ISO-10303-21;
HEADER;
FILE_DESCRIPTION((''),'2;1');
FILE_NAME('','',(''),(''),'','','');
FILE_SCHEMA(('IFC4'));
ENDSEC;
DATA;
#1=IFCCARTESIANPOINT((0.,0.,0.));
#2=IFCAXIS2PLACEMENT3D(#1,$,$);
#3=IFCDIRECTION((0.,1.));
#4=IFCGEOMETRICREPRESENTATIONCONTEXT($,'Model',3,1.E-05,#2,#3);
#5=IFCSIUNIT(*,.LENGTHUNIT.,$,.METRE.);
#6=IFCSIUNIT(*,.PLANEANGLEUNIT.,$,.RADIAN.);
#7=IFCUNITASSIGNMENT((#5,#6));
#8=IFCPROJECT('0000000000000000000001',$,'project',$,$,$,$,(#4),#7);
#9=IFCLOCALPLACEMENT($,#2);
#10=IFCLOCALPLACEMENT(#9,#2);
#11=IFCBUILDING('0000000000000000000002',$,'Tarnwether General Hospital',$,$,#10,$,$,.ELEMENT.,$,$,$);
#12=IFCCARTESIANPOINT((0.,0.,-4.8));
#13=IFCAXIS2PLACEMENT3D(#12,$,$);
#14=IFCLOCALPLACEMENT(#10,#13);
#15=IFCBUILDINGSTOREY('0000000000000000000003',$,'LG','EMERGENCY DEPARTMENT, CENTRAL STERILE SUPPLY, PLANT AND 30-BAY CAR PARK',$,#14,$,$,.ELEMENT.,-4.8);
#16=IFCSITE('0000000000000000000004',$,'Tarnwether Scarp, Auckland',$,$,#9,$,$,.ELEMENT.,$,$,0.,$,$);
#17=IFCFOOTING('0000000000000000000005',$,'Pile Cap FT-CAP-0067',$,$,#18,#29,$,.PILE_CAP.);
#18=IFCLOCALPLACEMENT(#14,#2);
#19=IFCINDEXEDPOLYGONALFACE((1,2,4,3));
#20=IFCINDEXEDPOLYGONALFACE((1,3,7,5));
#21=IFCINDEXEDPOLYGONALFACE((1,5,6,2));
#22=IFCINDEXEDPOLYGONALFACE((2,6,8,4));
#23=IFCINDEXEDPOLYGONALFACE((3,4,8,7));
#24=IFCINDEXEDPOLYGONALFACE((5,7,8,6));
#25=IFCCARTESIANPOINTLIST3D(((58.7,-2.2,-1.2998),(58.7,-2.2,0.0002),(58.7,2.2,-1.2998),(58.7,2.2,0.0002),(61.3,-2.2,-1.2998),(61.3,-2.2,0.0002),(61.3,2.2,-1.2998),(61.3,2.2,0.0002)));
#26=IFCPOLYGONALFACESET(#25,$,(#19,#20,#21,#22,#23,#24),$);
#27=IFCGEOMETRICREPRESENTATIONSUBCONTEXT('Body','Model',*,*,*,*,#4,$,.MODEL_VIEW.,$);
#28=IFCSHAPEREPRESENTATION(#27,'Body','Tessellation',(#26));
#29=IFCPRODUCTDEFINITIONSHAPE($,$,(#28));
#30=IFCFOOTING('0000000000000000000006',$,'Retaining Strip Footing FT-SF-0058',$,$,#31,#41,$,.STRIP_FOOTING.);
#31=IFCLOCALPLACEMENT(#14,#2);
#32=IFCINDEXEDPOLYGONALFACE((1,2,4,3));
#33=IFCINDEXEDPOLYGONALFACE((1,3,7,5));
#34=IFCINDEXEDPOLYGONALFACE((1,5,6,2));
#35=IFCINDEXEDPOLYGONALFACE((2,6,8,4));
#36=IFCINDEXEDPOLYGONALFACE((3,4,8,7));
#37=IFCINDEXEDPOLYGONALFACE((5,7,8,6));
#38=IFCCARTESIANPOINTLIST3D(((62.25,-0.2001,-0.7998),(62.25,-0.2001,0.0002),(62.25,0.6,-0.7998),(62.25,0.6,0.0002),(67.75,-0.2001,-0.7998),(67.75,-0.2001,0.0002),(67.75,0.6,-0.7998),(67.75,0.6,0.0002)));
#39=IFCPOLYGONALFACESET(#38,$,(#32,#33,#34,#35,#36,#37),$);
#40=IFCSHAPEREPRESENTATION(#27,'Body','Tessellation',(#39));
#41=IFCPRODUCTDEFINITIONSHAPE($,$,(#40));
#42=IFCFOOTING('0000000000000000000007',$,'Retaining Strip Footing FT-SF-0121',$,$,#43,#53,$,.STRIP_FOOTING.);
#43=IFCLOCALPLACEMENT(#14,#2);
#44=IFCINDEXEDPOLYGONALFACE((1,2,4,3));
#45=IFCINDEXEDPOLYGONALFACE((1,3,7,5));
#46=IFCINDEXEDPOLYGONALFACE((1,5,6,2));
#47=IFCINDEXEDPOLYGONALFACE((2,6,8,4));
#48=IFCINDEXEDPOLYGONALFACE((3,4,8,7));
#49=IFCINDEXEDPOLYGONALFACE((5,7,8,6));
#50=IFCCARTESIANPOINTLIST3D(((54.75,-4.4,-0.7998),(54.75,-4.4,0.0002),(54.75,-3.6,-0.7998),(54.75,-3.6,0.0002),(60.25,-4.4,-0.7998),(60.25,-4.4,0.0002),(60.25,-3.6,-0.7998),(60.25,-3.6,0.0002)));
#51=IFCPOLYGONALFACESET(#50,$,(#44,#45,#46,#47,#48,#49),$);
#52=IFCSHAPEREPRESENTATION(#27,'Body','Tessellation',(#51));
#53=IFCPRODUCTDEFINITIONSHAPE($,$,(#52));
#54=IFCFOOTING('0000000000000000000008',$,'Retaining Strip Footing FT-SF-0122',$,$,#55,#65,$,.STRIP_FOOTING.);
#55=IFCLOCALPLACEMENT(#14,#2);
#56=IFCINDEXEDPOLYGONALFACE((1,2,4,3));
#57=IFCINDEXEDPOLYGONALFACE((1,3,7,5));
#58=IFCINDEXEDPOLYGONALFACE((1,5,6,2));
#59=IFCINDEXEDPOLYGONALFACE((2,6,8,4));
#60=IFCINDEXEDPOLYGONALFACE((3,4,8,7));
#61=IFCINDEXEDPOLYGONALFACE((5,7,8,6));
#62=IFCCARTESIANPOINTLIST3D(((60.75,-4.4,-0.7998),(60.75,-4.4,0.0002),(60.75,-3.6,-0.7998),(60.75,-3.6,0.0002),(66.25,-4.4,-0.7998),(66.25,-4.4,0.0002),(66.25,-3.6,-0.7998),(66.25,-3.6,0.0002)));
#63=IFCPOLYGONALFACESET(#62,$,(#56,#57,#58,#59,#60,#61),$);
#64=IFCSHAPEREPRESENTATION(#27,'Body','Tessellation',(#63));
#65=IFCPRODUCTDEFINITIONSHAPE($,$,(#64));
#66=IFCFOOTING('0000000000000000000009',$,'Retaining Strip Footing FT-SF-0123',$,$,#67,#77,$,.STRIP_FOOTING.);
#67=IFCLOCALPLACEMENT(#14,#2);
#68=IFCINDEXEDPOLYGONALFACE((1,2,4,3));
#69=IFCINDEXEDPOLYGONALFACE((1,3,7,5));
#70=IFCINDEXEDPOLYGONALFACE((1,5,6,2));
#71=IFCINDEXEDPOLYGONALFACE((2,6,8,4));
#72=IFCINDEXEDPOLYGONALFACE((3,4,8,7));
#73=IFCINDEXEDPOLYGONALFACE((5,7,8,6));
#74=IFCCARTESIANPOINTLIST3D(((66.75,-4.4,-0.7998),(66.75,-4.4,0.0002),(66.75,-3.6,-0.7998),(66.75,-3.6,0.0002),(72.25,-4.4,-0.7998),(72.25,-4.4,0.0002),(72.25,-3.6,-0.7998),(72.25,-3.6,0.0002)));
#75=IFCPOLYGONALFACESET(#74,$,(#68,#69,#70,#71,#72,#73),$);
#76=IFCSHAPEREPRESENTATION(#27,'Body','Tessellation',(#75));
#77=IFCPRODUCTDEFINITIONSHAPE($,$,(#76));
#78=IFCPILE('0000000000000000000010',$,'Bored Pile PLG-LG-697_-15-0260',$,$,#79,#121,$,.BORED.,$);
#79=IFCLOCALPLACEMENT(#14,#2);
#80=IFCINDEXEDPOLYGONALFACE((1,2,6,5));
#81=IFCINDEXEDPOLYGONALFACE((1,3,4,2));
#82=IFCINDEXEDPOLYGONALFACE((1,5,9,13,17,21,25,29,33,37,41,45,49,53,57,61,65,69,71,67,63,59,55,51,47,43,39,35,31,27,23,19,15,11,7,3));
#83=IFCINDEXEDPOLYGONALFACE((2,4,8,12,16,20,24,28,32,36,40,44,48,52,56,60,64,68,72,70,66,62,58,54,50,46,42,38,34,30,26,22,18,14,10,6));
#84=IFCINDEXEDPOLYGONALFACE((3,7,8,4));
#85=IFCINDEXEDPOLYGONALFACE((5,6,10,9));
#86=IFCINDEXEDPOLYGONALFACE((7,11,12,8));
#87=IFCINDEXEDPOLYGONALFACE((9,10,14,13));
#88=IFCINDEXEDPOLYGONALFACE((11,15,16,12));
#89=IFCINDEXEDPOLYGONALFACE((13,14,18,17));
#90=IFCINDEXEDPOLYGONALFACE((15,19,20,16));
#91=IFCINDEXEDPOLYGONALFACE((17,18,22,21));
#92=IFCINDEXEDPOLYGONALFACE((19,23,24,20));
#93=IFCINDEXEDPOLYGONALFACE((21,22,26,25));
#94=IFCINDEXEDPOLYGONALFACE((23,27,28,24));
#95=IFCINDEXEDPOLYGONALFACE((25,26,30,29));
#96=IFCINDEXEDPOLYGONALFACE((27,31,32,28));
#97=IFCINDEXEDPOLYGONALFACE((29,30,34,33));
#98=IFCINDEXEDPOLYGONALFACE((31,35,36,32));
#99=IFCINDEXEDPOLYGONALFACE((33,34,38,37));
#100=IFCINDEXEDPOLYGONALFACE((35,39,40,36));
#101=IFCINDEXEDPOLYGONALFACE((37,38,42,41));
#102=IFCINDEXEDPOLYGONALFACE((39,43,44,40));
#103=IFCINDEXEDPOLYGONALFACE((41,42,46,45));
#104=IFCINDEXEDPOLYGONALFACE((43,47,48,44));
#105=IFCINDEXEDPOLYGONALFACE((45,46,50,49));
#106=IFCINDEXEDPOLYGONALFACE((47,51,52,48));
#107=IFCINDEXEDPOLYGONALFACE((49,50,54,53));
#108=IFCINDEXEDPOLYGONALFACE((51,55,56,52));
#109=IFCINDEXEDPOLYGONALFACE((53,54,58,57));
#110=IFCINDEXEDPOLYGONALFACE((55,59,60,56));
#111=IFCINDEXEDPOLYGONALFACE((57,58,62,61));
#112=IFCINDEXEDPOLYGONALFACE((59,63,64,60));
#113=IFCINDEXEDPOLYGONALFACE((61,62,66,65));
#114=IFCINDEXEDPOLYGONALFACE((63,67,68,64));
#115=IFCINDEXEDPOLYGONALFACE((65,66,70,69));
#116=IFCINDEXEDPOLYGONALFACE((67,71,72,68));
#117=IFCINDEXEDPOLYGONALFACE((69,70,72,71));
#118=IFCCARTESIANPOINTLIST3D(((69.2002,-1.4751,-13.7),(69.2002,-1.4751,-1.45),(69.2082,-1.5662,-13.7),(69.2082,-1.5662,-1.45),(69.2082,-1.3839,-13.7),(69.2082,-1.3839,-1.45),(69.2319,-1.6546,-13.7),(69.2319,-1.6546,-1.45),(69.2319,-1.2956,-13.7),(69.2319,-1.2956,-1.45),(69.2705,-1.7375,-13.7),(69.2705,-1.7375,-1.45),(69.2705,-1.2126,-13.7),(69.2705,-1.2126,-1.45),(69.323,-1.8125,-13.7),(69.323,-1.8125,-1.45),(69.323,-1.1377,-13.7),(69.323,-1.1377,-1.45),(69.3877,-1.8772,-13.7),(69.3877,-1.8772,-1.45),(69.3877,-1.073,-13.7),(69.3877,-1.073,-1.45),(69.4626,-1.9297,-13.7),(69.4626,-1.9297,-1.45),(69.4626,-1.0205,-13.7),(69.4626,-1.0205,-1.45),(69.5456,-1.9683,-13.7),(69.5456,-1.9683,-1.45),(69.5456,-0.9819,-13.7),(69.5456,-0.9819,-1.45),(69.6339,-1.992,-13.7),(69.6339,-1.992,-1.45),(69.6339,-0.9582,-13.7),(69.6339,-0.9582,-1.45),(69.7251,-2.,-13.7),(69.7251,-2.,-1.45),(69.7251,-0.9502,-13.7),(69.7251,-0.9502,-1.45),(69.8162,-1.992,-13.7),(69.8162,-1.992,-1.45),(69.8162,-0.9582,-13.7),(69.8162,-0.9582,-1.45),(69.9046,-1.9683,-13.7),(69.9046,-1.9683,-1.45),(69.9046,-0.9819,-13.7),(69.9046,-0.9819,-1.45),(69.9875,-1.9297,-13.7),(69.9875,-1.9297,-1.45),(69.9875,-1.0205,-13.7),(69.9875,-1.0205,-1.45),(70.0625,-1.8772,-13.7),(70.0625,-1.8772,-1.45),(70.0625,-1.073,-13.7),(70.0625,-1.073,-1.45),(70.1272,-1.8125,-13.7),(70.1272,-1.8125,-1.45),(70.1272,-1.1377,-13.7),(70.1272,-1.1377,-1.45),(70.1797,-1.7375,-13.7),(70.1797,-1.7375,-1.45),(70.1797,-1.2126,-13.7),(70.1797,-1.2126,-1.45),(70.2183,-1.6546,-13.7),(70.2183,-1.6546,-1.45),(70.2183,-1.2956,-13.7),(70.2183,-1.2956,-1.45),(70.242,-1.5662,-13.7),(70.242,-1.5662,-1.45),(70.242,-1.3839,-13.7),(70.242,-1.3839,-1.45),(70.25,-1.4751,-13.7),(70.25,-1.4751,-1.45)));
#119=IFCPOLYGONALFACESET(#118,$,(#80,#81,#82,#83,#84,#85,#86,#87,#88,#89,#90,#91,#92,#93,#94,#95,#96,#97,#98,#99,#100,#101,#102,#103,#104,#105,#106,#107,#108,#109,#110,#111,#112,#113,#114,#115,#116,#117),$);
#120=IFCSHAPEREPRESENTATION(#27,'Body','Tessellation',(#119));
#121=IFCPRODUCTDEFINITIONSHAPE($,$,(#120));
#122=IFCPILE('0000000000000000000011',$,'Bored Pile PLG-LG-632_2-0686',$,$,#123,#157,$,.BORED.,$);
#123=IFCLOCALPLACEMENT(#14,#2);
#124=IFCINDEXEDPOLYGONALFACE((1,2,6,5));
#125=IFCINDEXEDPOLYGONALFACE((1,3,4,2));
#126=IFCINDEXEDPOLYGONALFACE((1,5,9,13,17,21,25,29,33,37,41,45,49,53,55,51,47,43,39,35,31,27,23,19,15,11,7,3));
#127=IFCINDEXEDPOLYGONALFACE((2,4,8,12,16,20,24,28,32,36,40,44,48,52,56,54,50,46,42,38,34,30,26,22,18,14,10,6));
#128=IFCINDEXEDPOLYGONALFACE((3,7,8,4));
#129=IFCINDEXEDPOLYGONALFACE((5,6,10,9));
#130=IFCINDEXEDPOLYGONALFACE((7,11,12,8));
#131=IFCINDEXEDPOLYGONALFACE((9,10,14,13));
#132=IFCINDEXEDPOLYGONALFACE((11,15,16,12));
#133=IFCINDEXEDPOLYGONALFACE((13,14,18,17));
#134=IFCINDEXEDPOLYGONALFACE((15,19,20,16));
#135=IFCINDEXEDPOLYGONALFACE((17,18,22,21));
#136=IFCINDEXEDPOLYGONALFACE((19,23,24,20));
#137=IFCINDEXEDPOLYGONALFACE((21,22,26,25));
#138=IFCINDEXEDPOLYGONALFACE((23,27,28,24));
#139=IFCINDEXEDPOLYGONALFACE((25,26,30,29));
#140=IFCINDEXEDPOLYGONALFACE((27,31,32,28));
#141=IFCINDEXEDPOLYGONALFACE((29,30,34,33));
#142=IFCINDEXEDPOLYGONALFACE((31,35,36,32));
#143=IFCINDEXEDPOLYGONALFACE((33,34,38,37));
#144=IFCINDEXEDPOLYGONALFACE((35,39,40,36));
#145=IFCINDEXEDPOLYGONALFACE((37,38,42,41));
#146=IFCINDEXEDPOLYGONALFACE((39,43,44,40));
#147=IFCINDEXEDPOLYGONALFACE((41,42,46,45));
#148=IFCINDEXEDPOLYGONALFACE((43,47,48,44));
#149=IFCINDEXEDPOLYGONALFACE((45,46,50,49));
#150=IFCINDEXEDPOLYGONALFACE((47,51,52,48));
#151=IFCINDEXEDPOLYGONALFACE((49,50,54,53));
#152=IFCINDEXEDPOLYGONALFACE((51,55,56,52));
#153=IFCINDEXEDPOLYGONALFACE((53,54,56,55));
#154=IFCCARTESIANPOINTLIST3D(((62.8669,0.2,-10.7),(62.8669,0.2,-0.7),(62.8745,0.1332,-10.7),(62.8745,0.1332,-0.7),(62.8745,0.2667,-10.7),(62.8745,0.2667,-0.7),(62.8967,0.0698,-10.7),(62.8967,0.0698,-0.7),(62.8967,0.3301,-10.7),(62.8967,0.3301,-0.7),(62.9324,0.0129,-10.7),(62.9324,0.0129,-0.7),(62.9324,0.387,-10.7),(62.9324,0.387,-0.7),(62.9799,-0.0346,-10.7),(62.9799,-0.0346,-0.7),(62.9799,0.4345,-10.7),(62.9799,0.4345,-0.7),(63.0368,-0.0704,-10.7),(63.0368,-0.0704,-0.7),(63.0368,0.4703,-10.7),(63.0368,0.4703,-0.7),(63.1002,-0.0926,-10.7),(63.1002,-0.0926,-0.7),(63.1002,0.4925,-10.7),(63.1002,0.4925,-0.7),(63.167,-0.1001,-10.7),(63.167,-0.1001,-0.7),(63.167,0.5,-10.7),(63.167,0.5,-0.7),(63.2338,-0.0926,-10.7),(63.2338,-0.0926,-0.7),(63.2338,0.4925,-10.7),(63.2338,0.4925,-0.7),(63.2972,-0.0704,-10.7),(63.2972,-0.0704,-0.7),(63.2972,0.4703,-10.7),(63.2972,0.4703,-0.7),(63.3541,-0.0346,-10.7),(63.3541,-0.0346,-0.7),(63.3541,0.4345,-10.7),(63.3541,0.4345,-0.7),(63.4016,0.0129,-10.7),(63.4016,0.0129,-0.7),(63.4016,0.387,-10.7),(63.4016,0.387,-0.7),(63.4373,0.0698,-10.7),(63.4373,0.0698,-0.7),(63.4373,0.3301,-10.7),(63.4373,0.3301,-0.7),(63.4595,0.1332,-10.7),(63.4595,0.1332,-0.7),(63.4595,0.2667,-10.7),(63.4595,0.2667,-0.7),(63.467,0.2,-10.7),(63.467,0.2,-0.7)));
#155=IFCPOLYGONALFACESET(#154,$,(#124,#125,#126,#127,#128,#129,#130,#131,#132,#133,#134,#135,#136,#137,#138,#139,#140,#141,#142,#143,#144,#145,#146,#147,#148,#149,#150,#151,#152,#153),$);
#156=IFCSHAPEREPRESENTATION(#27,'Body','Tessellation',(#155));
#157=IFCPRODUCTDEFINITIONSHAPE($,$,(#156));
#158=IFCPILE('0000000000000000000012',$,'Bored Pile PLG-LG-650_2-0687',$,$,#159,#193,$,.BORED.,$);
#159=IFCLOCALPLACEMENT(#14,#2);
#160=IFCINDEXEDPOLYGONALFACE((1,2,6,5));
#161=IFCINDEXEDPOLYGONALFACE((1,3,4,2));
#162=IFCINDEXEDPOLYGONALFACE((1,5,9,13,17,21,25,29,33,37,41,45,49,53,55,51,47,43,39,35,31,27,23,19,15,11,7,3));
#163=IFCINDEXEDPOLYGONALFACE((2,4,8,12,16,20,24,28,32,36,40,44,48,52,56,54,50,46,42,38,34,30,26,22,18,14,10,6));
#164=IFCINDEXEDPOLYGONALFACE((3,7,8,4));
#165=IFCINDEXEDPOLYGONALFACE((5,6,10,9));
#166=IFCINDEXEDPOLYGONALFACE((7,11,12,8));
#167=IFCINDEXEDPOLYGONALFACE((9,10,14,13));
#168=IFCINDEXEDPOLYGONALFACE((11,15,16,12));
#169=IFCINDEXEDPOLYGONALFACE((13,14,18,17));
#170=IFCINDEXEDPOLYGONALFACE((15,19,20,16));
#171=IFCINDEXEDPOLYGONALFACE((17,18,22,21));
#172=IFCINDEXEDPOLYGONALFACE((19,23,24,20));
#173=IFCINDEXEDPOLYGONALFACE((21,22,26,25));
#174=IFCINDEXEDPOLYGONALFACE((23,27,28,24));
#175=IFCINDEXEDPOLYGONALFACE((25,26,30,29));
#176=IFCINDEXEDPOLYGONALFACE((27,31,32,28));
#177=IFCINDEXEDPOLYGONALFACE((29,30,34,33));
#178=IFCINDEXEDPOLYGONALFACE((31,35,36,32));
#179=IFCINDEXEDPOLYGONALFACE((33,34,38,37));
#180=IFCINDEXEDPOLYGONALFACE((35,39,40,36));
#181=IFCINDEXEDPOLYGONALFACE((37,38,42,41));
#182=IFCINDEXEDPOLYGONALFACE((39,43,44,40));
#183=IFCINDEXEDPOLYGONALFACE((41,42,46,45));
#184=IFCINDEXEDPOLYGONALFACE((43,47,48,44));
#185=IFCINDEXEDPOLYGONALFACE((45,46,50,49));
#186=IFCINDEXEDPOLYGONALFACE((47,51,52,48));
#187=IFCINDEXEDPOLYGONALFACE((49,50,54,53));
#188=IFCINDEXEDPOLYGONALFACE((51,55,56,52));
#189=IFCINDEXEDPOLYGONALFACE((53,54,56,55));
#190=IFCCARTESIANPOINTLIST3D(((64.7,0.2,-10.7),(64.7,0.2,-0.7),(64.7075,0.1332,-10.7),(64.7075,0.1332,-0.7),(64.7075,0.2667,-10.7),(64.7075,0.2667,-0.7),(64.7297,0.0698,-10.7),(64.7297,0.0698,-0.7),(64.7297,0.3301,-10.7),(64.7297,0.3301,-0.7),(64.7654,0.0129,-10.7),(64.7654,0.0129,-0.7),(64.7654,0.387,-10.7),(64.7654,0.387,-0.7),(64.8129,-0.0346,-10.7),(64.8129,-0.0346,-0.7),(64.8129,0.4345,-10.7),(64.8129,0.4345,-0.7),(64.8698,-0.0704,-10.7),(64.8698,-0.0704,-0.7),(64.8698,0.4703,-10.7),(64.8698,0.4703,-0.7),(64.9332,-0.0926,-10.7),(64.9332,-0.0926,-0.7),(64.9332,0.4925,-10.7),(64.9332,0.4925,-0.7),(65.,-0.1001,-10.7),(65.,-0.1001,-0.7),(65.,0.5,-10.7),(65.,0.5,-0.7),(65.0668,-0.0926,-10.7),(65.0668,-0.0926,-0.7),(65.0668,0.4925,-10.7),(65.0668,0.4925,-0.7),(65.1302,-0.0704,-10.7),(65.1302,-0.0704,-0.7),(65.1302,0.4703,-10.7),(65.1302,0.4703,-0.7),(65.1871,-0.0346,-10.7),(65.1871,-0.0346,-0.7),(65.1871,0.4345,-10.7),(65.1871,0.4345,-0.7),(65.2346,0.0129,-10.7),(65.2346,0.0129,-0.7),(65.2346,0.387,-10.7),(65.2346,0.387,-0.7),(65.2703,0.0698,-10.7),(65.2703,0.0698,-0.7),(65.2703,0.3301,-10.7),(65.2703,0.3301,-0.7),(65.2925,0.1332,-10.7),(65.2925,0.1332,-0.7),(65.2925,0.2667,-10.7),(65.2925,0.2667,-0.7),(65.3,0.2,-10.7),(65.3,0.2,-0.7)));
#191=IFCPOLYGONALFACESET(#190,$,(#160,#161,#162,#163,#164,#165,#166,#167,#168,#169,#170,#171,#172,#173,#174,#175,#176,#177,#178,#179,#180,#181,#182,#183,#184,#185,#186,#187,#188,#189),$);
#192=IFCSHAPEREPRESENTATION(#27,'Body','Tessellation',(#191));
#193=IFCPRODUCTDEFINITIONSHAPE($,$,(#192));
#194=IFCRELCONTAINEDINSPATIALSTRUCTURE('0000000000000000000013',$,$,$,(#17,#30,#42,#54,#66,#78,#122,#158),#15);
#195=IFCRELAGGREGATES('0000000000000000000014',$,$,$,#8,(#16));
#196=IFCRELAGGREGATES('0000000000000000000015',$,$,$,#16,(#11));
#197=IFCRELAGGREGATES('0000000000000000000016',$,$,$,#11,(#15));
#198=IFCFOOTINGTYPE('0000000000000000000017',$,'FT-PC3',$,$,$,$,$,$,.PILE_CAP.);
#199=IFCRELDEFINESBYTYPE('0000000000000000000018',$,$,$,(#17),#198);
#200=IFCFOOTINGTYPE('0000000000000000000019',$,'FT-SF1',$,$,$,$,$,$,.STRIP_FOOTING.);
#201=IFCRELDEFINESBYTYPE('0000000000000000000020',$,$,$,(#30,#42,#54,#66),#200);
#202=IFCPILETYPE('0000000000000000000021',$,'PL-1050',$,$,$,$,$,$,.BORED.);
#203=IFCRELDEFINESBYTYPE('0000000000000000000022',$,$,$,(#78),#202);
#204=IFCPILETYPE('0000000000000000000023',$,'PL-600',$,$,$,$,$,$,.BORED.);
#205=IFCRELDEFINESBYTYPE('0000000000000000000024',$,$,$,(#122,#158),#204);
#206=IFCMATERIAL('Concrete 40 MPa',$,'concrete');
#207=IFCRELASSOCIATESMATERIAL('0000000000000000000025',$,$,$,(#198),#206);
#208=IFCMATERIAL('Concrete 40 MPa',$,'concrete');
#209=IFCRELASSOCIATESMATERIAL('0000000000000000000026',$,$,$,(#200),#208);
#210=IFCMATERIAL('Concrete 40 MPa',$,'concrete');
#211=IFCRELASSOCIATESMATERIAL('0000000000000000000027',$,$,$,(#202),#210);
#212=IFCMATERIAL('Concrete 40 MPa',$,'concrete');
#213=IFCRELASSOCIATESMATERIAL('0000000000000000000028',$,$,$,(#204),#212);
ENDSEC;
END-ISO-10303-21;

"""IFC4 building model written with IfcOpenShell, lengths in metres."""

from ifc_helpers import new_model, si_unit, direction, frame, origin, origin_2d, place, context, subcontext, project, spatial, rectangle, circle, extrude, material, material_profile, profile_set, type_object, element, save


model = new_model("IFC4")

# Units and contexts
model_context = context("Model", 3, precision=1e-05, world=origin(), true_north=direction((0.0, 1.0)))
body_context = subcontext(model_context, "Body", "Model", "MODEL_VIEW")
ifc_project = project(units=[si_unit("LENGTHUNIT", "METRE"), si_unit("PLANEANGLEUNIT", "RADIAN")], contexts=[model_context])

# Site, building, storey
site_placement = place(None, origin())
site = spatial("IfcSite", under=ifc_project, at=site_placement, Name="Tarnwether Scarp, Auckland", CompositionType="ELEMENT", RefElevation=0.0)
building_placement = place(site_placement, origin())
building = spatial("IfcBuilding", under=site, at=building_placement, Name="Tarnwether General Hospital", CompositionType="ELEMENT")
storey_placement = place(building_placement, frame((0.0, 0.0, -4.8)))
storey = spatial("IfcBuildingStorey", under=building, at=storey_placement, Name="LG", Description="EMERGENCY DEPARTMENT, CENTRAL STERILE SUPPLY, PLANT AND 30-BAY CAR PARK", CompositionType="ELEMENT", Elevation=-4.8)

# Footings
ifc_material_1 = material(Name="Concrete 40 MPa", Category="concrete")
footing_type_1 = type_object("IfcFootingType", Name="FT-PC3", PredefinedType="PILE_CAP", material=ifc_material_1)
footing_placement = place(storey_placement, frame((60.0, 0.0, -1.2998), z_axis=(0.0, 0.0, 1.0), x_axis=(0.0, 1.0, 0.0)))
element("IfcFooting", 1, at=footing_placement, inside=storey, type_object=footing_type_1, Name="Pile Cap FT-CAP-0067", PredefinedType="PILE_CAP", context=body_context, shape_type="SweptSolid", body=[
    extrude(rectangle(XDim=4.3999, YDim=2.6001, at=origin_2d()), origin(), (0.0, 0.0, 1.0), 1.3),
])
ifc_material_2 = material(Name="Concrete 40 MPa", Category="concrete")
footing_type_2 = type_object("IfcFootingType", Name="FT-SF1", PredefinedType="STRIP_FOOTING", material=ifc_material_2)
for number, where, z_axis, x_axis, name in (
    (2, (65.0, 0.2, -0.7998), (0.0, 0.0, 1.0), (1.0, 0.0, 0.0), "Retaining Strip Footing FT-SF-0058"),
    (3, (57.5, -4.0, -0.7998), (0.0, 0.0, 1.0), (1.0, 0.0, 0.0), "Retaining Strip Footing FT-SF-0121"),
    (4, (63.5, -4.0, -0.7998), (0.0, 0.0, 1.0), (1.0, 0.0, 0.0), "Retaining Strip Footing FT-SF-0122"),
    (5, (69.5, -4.0, -0.7998), (0.0, 0.0, 1.0), (1.0, 0.0, 0.0), "Retaining Strip Footing FT-SF-0123"),
):
    element("IfcFooting", number, at=place(storey_placement, frame(where, z_axis=z_axis, x_axis=x_axis)), inside=storey, type_object=footing_type_2, Name=name, PredefinedType="STRIP_FOOTING", context=body_context, shape_type="SweptSolid", body=[
        extrude(rectangle(XDim=5.5, YDim=0.8, at=origin_2d()), origin(), (0.0, 0.0, 1.0), 0.8),
    ])

# Piles
ifc_material_3 = material(Name="Concrete 40 MPa", Category="concrete")
ifc_material_profile_1 = material_profile(ifc_material_3, circle(Radius=0.5249, at=origin_2d()), Name="PILE-D1050")
ifc_profile_set_1 = profile_set([ifc_material_profile_1], Name="Concrete 40 MPa")
pile_type_1 = type_object("IfcPileType", Name="PL-1050", PredefinedType="BORED", material=ifc_profile_set_1)
pile_1_placement = place(storey_placement, frame((69.7251, -1.4751, -1.45), z_axis=(0.0, 0.0, -1.0), x_axis=(1.0, 0.0, 0.0)))
element("IfcPile", 6, at=pile_1_placement, inside=storey, type_object=pile_type_1, Name="Bored Pile PLG-LG-697_-15-0260", PredefinedType="BORED", context=body_context, shape_type="SweptSolid", body=[
    extrude(circle(Radius=0.5249, at=origin_2d()), origin(), (0.0, 0.0, 1.0), 12.25),
])
ifc_material_4 = material(Name="Concrete 40 MPa", Category="concrete")
ifc_material_profile_2 = material_profile(ifc_material_4, circle(Radius=0.3, at=origin_2d()), Name="PILE-D600")
ifc_profile_set_2 = profile_set([ifc_material_profile_2], Name="Concrete 40 MPa")
pile_type_2 = type_object("IfcPileType", Name="PL-600", PredefinedType="BORED", material=ifc_profile_set_2)
for number, where, z_axis, x_axis, name in (
    (7, (63.167, 0.2, -0.7), (0.0, 0.0, -1.0), (1.0, 0.0, 0.0), "Bored Pile PLG-LG-632_2-0686"),
    (8, (65.0, 0.2, -0.7), (0.0, 0.0, -1.0), (1.0, 0.0, 0.0), "Bored Pile PLG-LG-650_2-0687"),
):
    element("IfcPile", number, at=place(storey_placement, frame(where, z_axis=z_axis, x_axis=x_axis)), inside=storey, type_object=pile_type_2, Name=name, PredefinedType="BORED", context=body_context, shape_type="SweptSolid", body=[
        extrude(circle(Radius=0.3, at=origin_2d()), origin(), (0.0, 0.0, 1.0), 10.0),
    ])

save(model, "model.ifc")
